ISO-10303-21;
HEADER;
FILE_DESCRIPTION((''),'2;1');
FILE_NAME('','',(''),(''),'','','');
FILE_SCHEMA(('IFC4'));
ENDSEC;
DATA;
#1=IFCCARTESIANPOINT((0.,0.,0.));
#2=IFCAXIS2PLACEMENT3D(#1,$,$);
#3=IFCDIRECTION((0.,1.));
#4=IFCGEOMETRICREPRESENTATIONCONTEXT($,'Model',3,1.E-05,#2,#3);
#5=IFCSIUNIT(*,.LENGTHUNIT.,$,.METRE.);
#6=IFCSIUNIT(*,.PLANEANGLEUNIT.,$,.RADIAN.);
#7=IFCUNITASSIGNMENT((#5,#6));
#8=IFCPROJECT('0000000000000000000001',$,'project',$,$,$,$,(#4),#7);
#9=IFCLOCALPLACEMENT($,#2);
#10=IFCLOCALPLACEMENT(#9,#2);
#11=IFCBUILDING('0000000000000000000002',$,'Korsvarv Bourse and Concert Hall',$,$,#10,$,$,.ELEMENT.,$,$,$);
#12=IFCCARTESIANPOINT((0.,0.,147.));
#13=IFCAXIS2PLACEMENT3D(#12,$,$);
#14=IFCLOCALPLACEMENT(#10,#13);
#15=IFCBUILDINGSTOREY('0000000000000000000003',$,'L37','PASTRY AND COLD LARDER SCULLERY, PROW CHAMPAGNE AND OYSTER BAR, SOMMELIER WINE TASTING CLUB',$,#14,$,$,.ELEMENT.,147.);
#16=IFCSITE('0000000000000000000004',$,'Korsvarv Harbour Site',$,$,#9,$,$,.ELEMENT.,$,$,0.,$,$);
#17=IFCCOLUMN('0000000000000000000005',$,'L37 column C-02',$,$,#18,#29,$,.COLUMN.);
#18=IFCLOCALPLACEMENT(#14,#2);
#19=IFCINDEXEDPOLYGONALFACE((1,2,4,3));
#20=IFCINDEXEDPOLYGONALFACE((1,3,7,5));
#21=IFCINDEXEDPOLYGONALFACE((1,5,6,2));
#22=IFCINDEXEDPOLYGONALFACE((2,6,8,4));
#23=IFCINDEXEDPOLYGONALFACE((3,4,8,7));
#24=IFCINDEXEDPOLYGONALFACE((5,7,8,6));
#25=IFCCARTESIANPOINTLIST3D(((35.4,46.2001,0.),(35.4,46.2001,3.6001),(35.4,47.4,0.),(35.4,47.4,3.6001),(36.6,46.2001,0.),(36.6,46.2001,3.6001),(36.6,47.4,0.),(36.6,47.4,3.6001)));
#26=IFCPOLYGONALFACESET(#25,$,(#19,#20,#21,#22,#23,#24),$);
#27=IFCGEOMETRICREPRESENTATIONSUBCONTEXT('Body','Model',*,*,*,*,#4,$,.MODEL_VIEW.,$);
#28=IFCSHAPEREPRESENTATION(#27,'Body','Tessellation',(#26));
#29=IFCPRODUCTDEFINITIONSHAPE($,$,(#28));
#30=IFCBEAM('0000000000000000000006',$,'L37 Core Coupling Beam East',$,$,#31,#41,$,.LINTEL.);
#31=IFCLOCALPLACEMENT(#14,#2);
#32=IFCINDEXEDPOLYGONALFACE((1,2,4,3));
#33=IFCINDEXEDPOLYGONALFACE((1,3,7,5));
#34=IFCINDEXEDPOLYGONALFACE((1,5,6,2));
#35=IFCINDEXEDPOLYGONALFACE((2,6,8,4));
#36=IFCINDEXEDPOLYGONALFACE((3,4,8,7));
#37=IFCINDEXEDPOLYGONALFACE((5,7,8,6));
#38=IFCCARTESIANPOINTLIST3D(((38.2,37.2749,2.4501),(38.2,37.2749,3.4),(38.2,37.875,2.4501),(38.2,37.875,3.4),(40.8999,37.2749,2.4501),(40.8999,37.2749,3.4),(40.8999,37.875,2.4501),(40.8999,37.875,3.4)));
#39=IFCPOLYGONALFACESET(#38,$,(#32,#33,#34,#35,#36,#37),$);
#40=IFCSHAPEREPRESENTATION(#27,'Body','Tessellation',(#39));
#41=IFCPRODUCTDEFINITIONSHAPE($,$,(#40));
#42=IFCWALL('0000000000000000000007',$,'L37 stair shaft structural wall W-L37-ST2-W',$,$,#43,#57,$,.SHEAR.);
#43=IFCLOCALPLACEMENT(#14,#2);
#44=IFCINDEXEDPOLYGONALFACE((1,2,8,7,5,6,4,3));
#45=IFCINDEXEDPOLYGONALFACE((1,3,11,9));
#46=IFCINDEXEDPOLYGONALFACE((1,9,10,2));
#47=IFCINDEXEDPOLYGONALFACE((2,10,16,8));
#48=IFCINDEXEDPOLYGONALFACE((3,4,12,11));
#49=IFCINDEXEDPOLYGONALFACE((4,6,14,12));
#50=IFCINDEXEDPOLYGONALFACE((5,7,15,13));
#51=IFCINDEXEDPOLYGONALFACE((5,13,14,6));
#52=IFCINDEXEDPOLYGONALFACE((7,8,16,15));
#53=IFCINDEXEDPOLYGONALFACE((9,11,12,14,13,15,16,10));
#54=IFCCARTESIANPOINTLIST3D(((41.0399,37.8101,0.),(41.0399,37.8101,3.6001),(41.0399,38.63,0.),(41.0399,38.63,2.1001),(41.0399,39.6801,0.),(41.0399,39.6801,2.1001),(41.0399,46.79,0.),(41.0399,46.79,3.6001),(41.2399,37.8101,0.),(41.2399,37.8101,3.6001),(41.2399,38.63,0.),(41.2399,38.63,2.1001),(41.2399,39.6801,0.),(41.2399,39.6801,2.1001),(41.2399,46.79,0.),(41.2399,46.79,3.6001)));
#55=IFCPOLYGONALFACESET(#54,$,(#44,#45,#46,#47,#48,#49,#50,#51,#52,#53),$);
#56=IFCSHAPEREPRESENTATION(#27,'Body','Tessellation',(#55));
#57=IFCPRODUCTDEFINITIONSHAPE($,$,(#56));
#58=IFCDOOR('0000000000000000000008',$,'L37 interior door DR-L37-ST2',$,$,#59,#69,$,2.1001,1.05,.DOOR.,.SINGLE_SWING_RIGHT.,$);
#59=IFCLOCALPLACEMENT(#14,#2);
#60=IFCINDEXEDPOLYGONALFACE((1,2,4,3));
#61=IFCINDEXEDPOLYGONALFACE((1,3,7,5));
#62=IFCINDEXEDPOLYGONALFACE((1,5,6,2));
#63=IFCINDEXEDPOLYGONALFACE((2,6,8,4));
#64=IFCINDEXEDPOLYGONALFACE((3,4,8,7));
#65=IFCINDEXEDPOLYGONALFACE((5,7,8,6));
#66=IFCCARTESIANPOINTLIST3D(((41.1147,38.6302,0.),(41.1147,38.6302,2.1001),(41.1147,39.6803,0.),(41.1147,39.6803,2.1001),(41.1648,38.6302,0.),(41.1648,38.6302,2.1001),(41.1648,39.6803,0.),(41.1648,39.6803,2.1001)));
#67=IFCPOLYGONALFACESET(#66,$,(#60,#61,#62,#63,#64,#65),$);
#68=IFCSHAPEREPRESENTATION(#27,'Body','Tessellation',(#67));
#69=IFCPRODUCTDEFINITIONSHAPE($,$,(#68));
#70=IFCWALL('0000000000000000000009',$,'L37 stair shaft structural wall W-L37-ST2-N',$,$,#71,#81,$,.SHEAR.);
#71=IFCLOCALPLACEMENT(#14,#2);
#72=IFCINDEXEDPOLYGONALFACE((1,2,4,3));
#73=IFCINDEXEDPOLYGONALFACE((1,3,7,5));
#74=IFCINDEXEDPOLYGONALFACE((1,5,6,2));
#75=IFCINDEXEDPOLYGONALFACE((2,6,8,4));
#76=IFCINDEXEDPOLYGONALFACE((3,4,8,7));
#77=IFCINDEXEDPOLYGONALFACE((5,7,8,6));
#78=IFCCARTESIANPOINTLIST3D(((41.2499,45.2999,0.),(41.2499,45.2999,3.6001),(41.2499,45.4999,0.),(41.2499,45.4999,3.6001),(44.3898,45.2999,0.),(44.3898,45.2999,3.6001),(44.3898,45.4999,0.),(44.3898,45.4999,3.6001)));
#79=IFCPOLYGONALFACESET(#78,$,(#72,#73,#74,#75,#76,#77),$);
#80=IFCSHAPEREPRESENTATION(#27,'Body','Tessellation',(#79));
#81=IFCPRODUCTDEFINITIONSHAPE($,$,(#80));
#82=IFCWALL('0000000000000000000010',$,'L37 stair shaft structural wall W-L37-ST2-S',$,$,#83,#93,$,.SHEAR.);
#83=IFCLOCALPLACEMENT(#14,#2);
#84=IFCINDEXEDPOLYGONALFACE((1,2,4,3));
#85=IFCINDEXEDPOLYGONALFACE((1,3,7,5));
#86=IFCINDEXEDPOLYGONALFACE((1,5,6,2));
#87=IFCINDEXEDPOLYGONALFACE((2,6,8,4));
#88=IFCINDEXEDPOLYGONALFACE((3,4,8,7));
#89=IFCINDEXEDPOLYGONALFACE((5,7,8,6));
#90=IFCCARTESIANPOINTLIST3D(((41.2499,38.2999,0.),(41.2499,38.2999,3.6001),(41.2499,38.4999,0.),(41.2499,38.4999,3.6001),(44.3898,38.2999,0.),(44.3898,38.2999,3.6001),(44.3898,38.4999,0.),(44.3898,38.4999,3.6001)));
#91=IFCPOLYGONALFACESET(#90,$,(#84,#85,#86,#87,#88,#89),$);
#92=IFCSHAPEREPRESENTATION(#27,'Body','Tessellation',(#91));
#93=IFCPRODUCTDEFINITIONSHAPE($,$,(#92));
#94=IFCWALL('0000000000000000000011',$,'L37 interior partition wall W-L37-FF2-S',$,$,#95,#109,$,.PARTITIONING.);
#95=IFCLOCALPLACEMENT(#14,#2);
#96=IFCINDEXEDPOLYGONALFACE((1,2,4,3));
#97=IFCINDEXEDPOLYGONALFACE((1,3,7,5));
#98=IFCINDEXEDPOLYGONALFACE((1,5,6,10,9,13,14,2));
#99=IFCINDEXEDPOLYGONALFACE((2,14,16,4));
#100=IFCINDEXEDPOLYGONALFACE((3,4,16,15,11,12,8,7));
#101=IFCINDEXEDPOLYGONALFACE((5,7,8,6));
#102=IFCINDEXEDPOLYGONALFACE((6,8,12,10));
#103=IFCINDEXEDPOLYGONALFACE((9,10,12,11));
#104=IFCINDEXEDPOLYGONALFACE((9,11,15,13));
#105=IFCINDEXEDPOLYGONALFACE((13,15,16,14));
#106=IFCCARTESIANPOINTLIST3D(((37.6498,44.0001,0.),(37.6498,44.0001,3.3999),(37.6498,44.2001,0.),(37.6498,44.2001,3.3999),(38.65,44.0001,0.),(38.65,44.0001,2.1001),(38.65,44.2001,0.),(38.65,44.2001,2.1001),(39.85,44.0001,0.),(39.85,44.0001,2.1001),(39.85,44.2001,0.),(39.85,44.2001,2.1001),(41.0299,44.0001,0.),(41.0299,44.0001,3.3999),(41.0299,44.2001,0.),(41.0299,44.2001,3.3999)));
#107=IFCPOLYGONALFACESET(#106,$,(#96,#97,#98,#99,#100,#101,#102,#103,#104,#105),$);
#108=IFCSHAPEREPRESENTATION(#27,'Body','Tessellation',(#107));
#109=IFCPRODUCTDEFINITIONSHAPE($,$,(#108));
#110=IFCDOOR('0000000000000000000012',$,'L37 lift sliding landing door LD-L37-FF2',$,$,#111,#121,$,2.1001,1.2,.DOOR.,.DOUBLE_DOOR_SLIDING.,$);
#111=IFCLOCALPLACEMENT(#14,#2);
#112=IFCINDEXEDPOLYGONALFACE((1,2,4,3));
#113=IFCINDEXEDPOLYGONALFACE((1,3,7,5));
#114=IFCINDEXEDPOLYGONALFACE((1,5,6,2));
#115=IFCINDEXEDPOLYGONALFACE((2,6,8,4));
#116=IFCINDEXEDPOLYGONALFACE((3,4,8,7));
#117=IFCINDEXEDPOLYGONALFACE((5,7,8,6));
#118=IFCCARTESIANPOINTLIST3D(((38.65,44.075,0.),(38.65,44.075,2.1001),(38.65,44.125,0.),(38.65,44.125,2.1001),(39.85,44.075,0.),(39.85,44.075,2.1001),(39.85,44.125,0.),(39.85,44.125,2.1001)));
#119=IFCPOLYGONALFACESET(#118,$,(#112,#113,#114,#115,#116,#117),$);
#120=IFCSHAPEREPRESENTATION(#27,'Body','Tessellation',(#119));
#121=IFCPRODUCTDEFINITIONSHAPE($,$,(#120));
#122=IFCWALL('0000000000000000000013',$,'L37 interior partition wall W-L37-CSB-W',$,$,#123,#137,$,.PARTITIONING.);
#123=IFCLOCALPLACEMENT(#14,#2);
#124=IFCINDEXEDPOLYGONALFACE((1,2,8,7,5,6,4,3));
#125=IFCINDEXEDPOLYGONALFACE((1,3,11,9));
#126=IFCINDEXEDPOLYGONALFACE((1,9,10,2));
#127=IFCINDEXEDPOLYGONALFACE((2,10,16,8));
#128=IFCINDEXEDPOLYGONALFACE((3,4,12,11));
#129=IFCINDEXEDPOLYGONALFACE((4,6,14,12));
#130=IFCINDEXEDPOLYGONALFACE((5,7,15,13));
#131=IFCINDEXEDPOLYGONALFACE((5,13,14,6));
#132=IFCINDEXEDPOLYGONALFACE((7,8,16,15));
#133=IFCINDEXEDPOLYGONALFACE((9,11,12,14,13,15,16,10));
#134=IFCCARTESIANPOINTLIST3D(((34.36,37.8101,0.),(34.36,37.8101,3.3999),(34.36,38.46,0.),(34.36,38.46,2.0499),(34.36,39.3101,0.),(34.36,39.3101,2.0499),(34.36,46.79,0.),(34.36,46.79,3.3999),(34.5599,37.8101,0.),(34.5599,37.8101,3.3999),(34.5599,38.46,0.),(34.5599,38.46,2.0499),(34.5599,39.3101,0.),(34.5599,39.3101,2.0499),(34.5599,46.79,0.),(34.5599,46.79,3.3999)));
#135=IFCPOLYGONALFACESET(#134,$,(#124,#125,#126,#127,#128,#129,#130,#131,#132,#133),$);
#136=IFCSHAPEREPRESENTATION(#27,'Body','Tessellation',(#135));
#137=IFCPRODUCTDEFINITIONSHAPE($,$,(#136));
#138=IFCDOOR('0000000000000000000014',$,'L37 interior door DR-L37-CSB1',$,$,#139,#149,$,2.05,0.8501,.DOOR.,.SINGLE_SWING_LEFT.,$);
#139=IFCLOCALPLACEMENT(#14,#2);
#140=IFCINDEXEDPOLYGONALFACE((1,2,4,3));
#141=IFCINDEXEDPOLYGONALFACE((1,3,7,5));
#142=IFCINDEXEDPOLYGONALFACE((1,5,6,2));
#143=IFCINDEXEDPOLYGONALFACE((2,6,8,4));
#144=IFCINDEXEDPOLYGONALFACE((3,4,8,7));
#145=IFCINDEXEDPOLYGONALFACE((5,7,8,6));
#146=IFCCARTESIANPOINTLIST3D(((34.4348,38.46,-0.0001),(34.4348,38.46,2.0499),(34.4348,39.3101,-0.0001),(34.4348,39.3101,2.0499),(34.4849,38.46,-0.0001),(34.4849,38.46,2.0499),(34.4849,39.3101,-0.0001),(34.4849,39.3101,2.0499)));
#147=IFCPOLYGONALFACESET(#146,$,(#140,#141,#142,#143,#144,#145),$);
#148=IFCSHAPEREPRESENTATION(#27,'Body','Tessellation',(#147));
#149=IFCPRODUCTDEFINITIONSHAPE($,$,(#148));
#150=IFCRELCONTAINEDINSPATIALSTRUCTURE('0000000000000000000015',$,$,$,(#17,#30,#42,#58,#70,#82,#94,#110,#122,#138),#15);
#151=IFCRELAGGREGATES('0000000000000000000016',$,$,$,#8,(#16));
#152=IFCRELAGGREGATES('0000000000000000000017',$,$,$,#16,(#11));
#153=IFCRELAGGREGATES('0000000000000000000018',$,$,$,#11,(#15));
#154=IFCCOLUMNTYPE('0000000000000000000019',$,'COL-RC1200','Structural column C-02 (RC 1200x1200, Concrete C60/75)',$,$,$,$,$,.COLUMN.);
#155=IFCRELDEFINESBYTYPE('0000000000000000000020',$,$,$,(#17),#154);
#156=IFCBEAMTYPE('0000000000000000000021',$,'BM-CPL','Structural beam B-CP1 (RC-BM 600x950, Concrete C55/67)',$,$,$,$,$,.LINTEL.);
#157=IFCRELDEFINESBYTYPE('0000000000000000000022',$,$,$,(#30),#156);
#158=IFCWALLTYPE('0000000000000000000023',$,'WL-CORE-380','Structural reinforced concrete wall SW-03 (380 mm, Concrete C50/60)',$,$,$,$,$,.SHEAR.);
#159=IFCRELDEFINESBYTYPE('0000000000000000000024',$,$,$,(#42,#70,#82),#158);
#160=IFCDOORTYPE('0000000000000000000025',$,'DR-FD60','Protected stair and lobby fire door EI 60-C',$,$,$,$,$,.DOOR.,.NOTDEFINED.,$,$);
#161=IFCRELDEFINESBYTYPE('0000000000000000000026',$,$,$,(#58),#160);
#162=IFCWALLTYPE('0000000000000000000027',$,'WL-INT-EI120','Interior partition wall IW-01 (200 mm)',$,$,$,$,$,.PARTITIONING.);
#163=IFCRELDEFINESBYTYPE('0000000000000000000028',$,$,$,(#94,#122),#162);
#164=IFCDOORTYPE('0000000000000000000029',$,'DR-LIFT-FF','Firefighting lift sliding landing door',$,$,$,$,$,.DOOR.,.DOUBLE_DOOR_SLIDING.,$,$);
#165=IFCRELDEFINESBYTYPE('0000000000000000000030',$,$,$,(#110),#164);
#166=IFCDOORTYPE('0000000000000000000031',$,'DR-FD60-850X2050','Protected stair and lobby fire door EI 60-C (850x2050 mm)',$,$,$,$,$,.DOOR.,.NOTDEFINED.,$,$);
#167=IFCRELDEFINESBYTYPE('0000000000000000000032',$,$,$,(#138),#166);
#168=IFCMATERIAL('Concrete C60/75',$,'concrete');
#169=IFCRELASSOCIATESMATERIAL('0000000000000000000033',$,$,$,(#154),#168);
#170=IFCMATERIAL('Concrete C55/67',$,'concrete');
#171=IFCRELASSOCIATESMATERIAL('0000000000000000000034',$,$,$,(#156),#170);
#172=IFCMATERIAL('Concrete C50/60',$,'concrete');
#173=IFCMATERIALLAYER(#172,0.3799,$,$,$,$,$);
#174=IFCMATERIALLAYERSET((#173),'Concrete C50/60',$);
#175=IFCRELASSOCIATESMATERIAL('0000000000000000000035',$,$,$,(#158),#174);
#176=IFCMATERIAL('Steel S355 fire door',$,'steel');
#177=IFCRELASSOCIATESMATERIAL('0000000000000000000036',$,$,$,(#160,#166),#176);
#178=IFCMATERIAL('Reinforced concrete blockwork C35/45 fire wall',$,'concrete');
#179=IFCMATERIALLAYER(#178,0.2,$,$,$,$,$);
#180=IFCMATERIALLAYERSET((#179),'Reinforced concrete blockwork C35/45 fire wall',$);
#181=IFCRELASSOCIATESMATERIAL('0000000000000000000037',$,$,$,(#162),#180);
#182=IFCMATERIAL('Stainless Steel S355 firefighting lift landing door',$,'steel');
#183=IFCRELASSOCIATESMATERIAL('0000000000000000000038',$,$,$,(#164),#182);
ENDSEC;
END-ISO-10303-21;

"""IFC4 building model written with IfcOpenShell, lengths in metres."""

from ifc_helpers import new_model, si_unit, direction, frame, frame_2d, origin, origin_2d, place, context, subcontext, project, spatial, rectangle, extrude, source, transform, mapped, material, layer, layer_set, material_profile, profile_set, type_object, element, fill, save


model = new_model("IFC4")

# Units and contexts
model_context = context("Model", 3, precision=1e-05, world=origin(), true_north=direction((0.0, 1.0)))
body_context = subcontext(model_context, "Body", "Model", "MODEL_VIEW")
ifc_project = project(units=[si_unit("LENGTHUNIT", "METRE"), si_unit("PLANEANGLEUNIT", "RADIAN")], contexts=[model_context])

# Site, building, storey
site_placement = place(None, origin())
site = spatial("IfcSite", under=ifc_project, at=site_placement, Name="Korsvarv Harbour Site", CompositionType="ELEMENT", RefElevation=0.0)
building_placement = place(site_placement, origin())
building = spatial("IfcBuilding", under=site, at=building_placement, Name="Korsvarv Bourse and Concert Hall", CompositionType="ELEMENT")
storey_placement = place(building_placement, frame((0.0, 0.0, 147.0)))
storey = spatial("IfcBuildingStorey", under=building, at=storey_placement, Name="L37", Description="PASTRY AND COLD LARDER SCULLERY, PROW CHAMPAGNE AND OYSTER BAR, SOMMELIER WINE TASTING CLUB", CompositionType="ELEMENT", Elevation=147.0)

# Column
ifc_material_1 = material(Name="Concrete C60/75", Category="concrete")
ifc_material_profile_1 = material_profile(ifc_material_1, rectangle(XDim=1.2, YDim=1.2, at=origin_2d()), Name="RC 1200x1200")
ifc_profile_set_1 = profile_set([ifc_material_profile_1], Name="Concrete C60/75")
column_type = type_object("IfcColumnType", Name="COL-RC1200", Description="Structural column C-02 (RC 1200x1200, Concrete C60/75)", PredefinedType="COLUMN", material=ifc_profile_set_1)
shared_shape_1 = source(origin(), body_context, "Body", "SweptSolid", [
    extrude(rectangle(XDim=1.2, YDim=1.2, at=origin_2d()), origin(), (0.0, 0.0, 1.0), 3.6001),
])
column_placement = place(storey_placement, frame((36.0, 46.8, 0.0), z_axis=(0.0, 0.0, 1.0), x_axis=(1.0, 0.0, 0.0)))
element("IfcColumn", 1, at=column_placement, inside=storey, type_object=column_type, Name="L37 column C-02", PredefinedType="COLUMN", context=body_context, shape_type="MappedRepresentation", body=[
    mapped(shared_shape_1, transform((0.0, 0.0, 0.0), scale=1.0)),
])

# Beam
ifc_material_2 = material(Name="Concrete C55/67", Category="concrete")
ifc_material_profile_2 = material_profile(ifc_material_2, rectangle(XDim=0.6001, YDim=0.95, at=origin_2d()), Name="RC-BM 600x950")
ifc_profile_set_2 = profile_set([ifc_material_profile_2], Name="Concrete C55/67")
beam_type = type_object("IfcBeamType", Name="BM-CPL", Description="Structural beam B-CP1 (RC-BM 600x950, Concrete C55/67)", PredefinedType="LINTEL", material=ifc_profile_set_2)
shared_shape_2 = source(origin(), body_context, "Body", "SweptSolid", [
    extrude(rectangle(XDim=0.6001, YDim=0.95, at=origin_2d()), origin(), (0.0, 0.0, 1.0), 2.7),
])
beam_placement = place(storey_placement, frame((38.2, 37.575, 2.925), z_axis=(1.0, 0.0, 0.0), x_axis=(0.0, 1.0, 0.0)))
element("IfcBeam", 2, at=beam_placement, inside=storey, type_object=beam_type, Name="L37 Core Coupling Beam East", PredefinedType="LINTEL", context=body_context, shape_type="MappedRepresentation", body=[
    mapped(shared_shape_2, transform((0.0, 0.0, 0.0), scale=1.0)),
])

# Wall, opening, door
ifc_material_3 = material(Name="Concrete C50/60", Category="concrete")
ifc_layer_1 = layer(ifc_material_3, 0.3799)
ifc_layer_set_1 = layer_set([ifc_layer_1], Name="Concrete C50/60")
wall_type_1 = type_object("IfcWallType", Name="WL-CORE-380", Description="Structural reinforced concrete wall SW-03 (380 mm, Concrete C50/60)", PredefinedType="SHEAR", material=ifc_layer_set_1)
wall_1_placement = place(storey_placement, frame((41.1399, 37.8101, 0.0), z_axis=(0.0, 0.0, 1.0), x_axis=(0.0, 1.0, 0.0)))
wall_1 = element("IfcWall", 3, at=wall_1_placement, inside=storey, type_object=wall_type_1, Name="L37 stair shaft structural wall W-L37-ST2-W", PredefinedType="SHEAR", context=body_context, shape_type="SweptSolid", body=[
    extrude(rectangle(XDim=8.98, YDim=0.2, at=frame_2d((4.49, 0.0))), origin(), (0.0, 0.0, 1.0), 3.6001),
])
opening_1_placement = place(wall_1_placement, frame((0.8201, 0.0, 0.0)))
opening_1 = element("IfcOpeningElement", 4, at=opening_1_placement, cuts=wall_1, PredefinedType="OPENING", context=body_context, shape_type="SweptSolid", body=[
    extrude(rectangle(XDim=1.05, YDim=2.1001, at=frame_2d((0.5249, 1.05))), frame((0.0, 0.1099, 0.0), z_axis=(0.0, -1.0, 0.0), x_axis=(1.0, 0.0, 0.0)), (0.0, 0.0, 1.0), 0.22),
])
ifc_material_4 = material(Name="Steel S355 fire door", Category="steel")
door_type_1 = type_object("IfcDoorType", Name="DR-FD60", Description="Protected stair and lobby fire door EI 60-C", OperationType="NOTDEFINED", PredefinedType="DOOR", material=ifc_material_4)
door_1_placement = place(opening_1_placement, frame((1.05, 0.0, 0.0), z_axis=(0.0, 0.0, 1.0), x_axis=(-1.0, 0.0, 0.0)))
door_1 = element("IfcDoor", 5, at=door_1_placement, inside=storey, type_object=door_type_1, Name="L37 interior door DR-L37-ST2", OperationType="SINGLE_SWING_RIGHT", OverallHeight=2.1001, OverallWidth=1.05, PredefinedType="DOOR", context=body_context, shape_type="SweptSolid", body=[
    extrude(rectangle(XDim=1.05, YDim=2.1001, at=frame_2d((0.5249, 1.05))), frame((0.0, 0.0249, 0.0), z_axis=(0.0, -1.0, 0.0), x_axis=(1.0, 0.0, 0.0)), (0.0, 0.0, 1.0), 0.05),
])
fill(opening_1, door_1)

# Walls
for number, where, z_axis, x_axis, name in (
    (6, (41.25, 45.3999, 0.0), (0.0, 0.0, 1.0), (1.0, 0.0, 0.0), "L37 stair shaft structural wall W-L37-ST2-N"),
    (7, (41.25, 38.3999, 0.0), (0.0, 0.0, 1.0), (1.0, 0.0, 0.0), "L37 stair shaft structural wall W-L37-ST2-S"),
):
    element("IfcWall", number, at=place(storey_placement, frame(where, z_axis=z_axis, x_axis=x_axis)), inside=storey, type_object=wall_type_1, Name=name, PredefinedType="SHEAR", context=body_context, shape_type="SweptSolid", body=[
        extrude(rectangle(XDim=3.1399, YDim=0.2, at=frame_2d((1.5698, 0.0))), origin(), (0.0, 0.0, 1.0), 3.6001),
    ])

# Walls, openings, doors
ifc_material_5 = material(Name="Reinforced concrete blockwork C35/45 fire wall", Category="concrete")
ifc_layer_2 = layer(ifc_material_5, 0.2)
ifc_layer_set_2 = layer_set([ifc_layer_2], Name="Reinforced concrete blockwork C35/45 fire wall")
wall_type_2 = type_object("IfcWallType", Name="WL-INT-EI120", Description="Interior partition wall IW-01 (200 mm)", PredefinedType="PARTITIONING", material=ifc_layer_set_2)
wall_2_placement = place(storey_placement, frame((37.6499, 44.1001, 0.0), z_axis=(0.0, 0.0, 1.0), x_axis=(1.0, 0.0, 0.0)))
wall_2 = element("IfcWall", 8, at=wall_2_placement, inside=storey, type_object=wall_type_2, Name="L37 interior partition wall W-L37-FF2-S", PredefinedType="PARTITIONING", context=body_context, shape_type="SweptSolid", body=[
    extrude(rectangle(XDim=3.3801, YDim=0.2, at=frame_2d((1.6899, 0.0))), origin(), (0.0, 0.0, 1.0), 3.3999),
])
opening_2_placement = place(wall_2_placement, frame((1.0, 0.0, 0.0)))
opening_2 = element("IfcOpeningElement", 9, at=opening_2_placement, cuts=wall_2, PredefinedType="OPENING", context=body_context, shape_type="SweptSolid", body=[
    extrude(rectangle(XDim=1.2, YDim=2.1001, at=frame_2d((0.6001, 1.05))), frame((0.0, 0.1099, 0.0), z_axis=(0.0, -1.0, 0.0), x_axis=(1.0, 0.0, 0.0)), (0.0, 0.0, 1.0), 0.22),
])
ifc_material_6 = material(Name="Stainless Steel S355 firefighting lift landing door", Category="steel")
door_type_2 = type_object("IfcDoorType", Name="DR-LIFT-FF", Description="Firefighting lift sliding landing door", OperationType="DOUBLE_DOOR_SLIDING", PredefinedType="DOOR", material=ifc_material_6)
door_2_placement = place(opening_2_placement, origin())
door_2 = element("IfcDoor", 10, at=door_2_placement, inside=storey, type_object=door_type_2, Name="L37 lift sliding landing door LD-L37-FF2", OperationType="DOUBLE_DOOR_SLIDING", OverallHeight=2.1001, OverallWidth=1.2, PredefinedType="DOOR", context=body_context, shape_type="SweptSolid", body=[
    extrude(rectangle(XDim=1.2, YDim=2.1001, at=frame_2d((0.6001, 1.05))), frame((0.0, 0.0249, 0.0), z_axis=(0.0, -1.0, 0.0), x_axis=(1.0, 0.0, 0.0)), (0.0, 0.0, 1.0), 0.05),
])
fill(opening_2, door_2)
wall_3_placement = place(storey_placement, frame((34.46, 37.8101, 0.0), z_axis=(0.0, 0.0, 1.0), x_axis=(0.0, 1.0, 0.0)))
wall_3 = element("IfcWall", 11, at=wall_3_placement, inside=storey, type_object=wall_type_2, Name="L37 interior partition wall W-L37-CSB-W", PredefinedType="PARTITIONING", context=body_context, shape_type="SweptSolid", body=[
    extrude(rectangle(XDim=8.98, YDim=0.2, at=frame_2d((4.49, 0.0))), origin(), (0.0, 0.0, 1.0), 3.3999),
])
opening_3_placement = place(wall_3_placement, frame((0.6499, 0.0, 0.0)))
opening_3 = element("IfcOpeningElement", 12, at=opening_3_placement, cuts=wall_3, PredefinedType="OPENING", context=body_context, shape_type="SweptSolid", body=[
    extrude(rectangle(XDim=0.8501, YDim=2.05, at=frame_2d((0.425, 1.0249))), frame((0.0, 0.1099, 0.0), z_axis=(0.0, -1.0, 0.0), x_axis=(1.0, 0.0, 0.0)), (0.0, 0.0, 1.0), 0.22),
])
door_type_3 = type_object("IfcDoorType", Name="DR-FD60-850X2050", Description="Protected stair and lobby fire door EI 60-C (850x2050 mm)", OperationType="NOTDEFINED", PredefinedType="DOOR", material=ifc_material_4)
door_3_placement = place(opening_3_placement, frame((0.8501, 0.0, 0.0), z_axis=(0.0, 0.0, 1.0), x_axis=(-1.0, 0.0, 0.0)))
door_3 = element("IfcDoor", 13, at=door_3_placement, inside=storey, type_object=door_type_3, Name="L37 interior door DR-L37-CSB1", OperationType="SINGLE_SWING_LEFT", OverallHeight=2.05, OverallWidth=0.8501, PredefinedType="DOOR", context=body_context, shape_type="SweptSolid", body=[
    extrude(rectangle(XDim=0.8501, YDim=2.05, at=frame_2d((0.425, 1.0249))), frame((0.0, 0.0249, 0.0), z_axis=(0.0, -1.0, 0.0), x_axis=(1.0, 0.0, 0.0)), (0.0, 0.0, 1.0), 0.05),
])
fill(opening_3, door_3)

save(model, "model.ifc")
